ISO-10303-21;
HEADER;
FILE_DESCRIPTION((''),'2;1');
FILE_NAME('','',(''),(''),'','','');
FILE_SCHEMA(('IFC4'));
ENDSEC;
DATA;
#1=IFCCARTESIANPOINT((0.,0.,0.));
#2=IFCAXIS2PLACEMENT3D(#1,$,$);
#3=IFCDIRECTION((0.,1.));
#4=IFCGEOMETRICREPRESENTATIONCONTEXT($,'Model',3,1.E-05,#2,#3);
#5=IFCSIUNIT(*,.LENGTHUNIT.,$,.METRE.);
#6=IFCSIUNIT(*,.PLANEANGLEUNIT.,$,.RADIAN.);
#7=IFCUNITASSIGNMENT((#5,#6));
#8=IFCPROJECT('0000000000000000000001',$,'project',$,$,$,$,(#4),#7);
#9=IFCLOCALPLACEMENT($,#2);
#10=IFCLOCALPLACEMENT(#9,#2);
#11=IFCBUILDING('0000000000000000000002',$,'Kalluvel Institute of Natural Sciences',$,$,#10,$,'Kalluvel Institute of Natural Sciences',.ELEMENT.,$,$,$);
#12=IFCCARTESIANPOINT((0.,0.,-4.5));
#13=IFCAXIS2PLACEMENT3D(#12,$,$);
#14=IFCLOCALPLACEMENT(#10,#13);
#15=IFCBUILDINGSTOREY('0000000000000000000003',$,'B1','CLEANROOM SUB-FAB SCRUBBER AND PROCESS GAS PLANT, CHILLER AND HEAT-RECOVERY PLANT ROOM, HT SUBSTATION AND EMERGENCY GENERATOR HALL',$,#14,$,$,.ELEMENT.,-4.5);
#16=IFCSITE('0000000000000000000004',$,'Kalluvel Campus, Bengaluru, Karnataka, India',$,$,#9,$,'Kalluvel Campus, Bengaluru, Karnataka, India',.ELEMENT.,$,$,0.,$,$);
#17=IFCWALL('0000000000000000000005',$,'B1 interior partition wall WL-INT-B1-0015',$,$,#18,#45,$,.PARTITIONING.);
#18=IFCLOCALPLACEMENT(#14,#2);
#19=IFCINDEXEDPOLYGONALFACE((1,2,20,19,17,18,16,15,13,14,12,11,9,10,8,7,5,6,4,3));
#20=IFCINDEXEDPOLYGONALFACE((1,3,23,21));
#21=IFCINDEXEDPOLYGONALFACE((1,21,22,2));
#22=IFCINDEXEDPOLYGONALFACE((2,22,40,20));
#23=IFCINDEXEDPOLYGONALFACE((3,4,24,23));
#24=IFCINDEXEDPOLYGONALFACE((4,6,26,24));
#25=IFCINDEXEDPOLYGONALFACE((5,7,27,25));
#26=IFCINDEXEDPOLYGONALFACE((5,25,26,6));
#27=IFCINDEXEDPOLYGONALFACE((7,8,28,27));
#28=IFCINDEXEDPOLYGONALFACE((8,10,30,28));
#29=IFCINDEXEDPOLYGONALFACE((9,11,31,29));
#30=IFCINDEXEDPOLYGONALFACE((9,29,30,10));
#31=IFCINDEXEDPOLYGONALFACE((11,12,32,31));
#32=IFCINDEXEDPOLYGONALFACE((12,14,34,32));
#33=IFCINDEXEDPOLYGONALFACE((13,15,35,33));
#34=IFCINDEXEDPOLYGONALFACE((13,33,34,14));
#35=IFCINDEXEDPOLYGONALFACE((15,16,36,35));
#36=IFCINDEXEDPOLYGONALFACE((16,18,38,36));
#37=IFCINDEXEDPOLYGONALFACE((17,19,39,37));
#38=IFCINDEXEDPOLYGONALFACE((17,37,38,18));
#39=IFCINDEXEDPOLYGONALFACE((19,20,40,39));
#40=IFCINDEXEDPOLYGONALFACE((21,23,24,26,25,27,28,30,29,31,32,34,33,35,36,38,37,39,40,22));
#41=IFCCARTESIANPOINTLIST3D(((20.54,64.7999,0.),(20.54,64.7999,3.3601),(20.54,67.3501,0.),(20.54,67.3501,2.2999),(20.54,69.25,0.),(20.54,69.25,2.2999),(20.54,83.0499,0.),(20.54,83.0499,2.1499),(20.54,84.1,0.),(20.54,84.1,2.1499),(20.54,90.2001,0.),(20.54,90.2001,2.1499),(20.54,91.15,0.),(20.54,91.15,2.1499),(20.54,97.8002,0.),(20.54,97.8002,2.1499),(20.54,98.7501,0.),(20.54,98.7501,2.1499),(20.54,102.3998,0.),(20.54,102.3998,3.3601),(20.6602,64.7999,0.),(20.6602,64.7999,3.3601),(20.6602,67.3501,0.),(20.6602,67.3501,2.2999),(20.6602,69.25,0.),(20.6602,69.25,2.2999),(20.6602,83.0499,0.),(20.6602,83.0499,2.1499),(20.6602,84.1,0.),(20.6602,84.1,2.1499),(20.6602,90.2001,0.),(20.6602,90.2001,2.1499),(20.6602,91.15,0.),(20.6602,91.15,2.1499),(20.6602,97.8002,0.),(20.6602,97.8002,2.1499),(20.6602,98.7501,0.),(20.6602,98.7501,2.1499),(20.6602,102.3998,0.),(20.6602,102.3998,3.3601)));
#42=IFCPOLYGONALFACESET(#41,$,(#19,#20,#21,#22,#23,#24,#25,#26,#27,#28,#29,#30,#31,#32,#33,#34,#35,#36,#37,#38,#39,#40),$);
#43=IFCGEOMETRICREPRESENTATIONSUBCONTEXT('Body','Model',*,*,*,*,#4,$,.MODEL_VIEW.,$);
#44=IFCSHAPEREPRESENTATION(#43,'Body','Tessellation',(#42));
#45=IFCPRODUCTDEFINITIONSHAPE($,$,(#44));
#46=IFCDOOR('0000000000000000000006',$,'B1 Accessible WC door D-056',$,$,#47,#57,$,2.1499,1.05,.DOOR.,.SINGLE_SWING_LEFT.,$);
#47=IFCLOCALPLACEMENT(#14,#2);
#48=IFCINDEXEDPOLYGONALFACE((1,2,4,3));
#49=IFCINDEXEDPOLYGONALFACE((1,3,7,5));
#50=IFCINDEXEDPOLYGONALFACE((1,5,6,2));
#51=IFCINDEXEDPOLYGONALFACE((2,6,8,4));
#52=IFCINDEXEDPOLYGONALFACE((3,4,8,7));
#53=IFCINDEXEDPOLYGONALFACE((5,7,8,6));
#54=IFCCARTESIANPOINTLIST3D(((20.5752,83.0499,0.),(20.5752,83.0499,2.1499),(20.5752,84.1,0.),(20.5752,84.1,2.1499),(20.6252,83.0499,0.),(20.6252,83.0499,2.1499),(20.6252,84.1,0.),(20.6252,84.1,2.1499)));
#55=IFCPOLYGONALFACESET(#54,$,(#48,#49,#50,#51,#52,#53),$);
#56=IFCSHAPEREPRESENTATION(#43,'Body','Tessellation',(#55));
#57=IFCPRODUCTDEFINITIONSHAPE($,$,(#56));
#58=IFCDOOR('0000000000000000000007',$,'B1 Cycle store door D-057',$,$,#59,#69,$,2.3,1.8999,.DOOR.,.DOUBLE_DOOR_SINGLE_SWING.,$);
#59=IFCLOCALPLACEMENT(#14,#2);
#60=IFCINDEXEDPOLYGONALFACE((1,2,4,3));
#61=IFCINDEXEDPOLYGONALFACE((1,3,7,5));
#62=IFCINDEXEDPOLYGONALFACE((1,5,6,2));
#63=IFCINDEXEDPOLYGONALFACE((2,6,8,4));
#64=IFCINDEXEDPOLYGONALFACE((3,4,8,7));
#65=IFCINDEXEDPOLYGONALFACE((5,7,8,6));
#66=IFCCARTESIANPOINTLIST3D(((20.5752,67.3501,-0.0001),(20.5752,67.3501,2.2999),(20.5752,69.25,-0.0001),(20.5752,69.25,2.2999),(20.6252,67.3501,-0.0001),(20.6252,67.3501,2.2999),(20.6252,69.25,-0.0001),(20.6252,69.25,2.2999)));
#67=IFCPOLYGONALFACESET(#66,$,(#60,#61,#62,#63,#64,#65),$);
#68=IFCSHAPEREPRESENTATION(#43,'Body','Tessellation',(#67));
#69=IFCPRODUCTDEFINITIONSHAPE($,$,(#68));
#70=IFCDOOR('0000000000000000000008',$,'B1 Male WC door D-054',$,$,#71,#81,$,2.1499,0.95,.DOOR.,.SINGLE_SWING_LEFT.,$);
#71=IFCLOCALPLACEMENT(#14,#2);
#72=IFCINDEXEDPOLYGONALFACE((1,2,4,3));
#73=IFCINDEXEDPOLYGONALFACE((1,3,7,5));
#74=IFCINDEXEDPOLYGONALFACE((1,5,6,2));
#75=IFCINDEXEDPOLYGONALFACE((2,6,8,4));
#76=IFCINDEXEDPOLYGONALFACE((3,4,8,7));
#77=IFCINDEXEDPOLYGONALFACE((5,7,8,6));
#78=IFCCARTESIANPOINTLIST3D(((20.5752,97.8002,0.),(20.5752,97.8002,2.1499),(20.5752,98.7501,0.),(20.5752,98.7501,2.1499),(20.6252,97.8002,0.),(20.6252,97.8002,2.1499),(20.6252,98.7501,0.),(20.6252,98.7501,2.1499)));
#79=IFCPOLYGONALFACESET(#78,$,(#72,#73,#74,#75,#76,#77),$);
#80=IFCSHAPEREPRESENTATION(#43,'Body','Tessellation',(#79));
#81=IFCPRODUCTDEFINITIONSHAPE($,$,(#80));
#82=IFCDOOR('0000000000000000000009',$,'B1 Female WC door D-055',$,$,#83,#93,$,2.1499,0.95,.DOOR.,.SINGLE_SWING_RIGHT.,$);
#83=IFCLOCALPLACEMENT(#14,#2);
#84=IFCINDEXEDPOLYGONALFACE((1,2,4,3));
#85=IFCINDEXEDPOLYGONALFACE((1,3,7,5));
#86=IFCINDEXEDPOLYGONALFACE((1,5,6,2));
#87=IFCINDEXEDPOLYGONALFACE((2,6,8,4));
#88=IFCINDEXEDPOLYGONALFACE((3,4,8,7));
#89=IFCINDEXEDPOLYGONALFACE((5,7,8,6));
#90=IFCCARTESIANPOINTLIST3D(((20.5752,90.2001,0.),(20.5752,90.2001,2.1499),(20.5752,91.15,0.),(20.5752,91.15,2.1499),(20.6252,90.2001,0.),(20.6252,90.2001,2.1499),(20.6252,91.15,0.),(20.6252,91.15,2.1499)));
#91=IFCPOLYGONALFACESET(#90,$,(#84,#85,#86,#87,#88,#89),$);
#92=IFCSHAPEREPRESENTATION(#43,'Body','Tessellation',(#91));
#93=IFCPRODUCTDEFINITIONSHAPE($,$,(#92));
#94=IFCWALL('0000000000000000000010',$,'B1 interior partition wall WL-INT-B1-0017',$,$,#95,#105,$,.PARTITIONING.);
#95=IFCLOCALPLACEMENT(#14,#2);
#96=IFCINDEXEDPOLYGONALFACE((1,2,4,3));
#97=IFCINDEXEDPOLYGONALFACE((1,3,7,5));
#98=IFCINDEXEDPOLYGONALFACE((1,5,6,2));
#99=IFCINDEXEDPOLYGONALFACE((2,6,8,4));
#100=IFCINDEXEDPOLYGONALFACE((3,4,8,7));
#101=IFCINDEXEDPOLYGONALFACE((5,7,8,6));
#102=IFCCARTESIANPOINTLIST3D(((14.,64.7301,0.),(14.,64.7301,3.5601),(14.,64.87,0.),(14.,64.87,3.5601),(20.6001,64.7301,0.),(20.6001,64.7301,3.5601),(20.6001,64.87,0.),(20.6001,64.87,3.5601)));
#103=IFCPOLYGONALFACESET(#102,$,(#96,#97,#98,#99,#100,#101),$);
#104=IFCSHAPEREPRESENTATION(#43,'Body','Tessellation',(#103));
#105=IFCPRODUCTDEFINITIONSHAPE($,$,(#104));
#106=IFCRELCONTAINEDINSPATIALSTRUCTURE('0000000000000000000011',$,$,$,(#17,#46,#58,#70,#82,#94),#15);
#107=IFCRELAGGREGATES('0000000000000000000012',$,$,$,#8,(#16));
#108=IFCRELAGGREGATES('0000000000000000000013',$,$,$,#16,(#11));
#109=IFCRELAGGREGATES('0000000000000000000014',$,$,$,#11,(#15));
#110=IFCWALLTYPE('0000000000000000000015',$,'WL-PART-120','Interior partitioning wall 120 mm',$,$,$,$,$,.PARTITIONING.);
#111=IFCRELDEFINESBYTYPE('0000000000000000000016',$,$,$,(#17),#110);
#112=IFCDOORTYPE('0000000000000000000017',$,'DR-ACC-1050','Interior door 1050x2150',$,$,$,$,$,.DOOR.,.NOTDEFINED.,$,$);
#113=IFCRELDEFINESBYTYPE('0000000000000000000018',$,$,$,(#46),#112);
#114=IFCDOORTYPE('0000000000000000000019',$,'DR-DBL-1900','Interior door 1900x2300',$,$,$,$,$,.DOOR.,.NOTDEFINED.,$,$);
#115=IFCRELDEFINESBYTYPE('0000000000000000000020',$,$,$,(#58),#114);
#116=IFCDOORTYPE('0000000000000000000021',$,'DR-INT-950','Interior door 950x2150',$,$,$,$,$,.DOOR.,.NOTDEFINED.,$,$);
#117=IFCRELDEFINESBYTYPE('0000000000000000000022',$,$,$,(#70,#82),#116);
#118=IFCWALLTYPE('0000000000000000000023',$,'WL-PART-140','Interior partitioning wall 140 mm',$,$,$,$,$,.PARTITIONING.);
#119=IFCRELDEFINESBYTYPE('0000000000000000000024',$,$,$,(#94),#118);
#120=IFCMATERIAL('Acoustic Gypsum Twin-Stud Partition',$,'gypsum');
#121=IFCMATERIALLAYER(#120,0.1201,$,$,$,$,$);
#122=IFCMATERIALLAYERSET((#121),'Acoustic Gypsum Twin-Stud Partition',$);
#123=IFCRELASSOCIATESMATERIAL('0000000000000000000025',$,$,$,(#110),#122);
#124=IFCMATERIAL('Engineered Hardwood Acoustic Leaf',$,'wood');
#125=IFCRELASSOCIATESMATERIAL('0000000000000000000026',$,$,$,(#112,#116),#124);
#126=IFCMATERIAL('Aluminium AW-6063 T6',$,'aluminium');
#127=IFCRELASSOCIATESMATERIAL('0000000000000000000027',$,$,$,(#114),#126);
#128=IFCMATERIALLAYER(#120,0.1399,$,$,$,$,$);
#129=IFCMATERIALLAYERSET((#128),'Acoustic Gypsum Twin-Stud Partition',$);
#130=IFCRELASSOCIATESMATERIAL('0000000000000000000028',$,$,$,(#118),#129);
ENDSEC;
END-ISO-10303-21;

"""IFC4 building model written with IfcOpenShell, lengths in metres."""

from ifc_helpers import new_model, si_unit, direction, frame, frame_2d, origin, place, context, subcontext, project, spatial, rectangle, extrude, material, layer, layer_set, type_object, element, fill, save


model = new_model("IFC4")

# Units and contexts
model_context = context("Model", 3, precision=1e-05, world=origin(), true_north=direction((0.0, 1.0)))
body_context = subcontext(model_context, "Body", "Model", "MODEL_VIEW")
ifc_project = project(units=[si_unit("LENGTHUNIT", "METRE"), si_unit("PLANEANGLEUNIT", "RADIAN")], contexts=[model_context])

# Site, building, storey
site_placement = place(None, origin())
site = spatial("IfcSite", under=ifc_project, at=site_placement, Name="Kalluvel Campus, Bengaluru, Karnataka, India", LongName="Kalluvel Campus, Bengaluru, Karnataka, India", CompositionType="ELEMENT", RefElevation=0.0)
building_placement = place(site_placement, origin())
building = spatial("IfcBuilding", under=site, at=building_placement, Name="Kalluvel Institute of Natural Sciences", LongName="Kalluvel Institute of Natural Sciences", CompositionType="ELEMENT")
storey_placement = place(building_placement, frame((0.0, 0.0, -4.5)))
storey = spatial("IfcBuildingStorey", under=building, at=storey_placement, Name="B1", Description="CLEANROOM SUB-FAB SCRUBBER AND PROCESS GAS PLANT, CHILLER AND HEAT-RECOVERY PLANT ROOM, HT SUBSTATION AND EMERGENCY GENERATOR HALL", CompositionType="ELEMENT", Elevation=-4.5)

# Wall, openings, doors
ifc_material_1 = material(Name="Acoustic Gypsum Twin-Stud Partition", Category="gypsum")
ifc_layer_1 = layer(ifc_material_1, 0.1201)
ifc_layer_set_1 = layer_set([ifc_layer_1], Name="Acoustic Gypsum Twin-Stud Partition")
wall_type_1 = type_object("IfcWallType", Name="WL-PART-120", Description="Interior partitioning wall 120 mm", PredefinedType="PARTITIONING", material=ifc_layer_set_1)
wall_1_placement = place(storey_placement, frame((20.6001, 64.8, 0.0), z_axis=(0.0, 0.0, 1.0), x_axis=(0.0, 1.0, 0.0)))
wall_1 = element("IfcWall", 1, at=wall_1_placement, inside=storey, type_object=wall_type_1, Name="B1 interior partition wall WL-INT-B1-0015", PredefinedType="PARTITIONING", context=body_context, shape_type="SweptSolid", body=[
    extrude(rectangle(XDim=37.5999, YDim=0.1201, at=frame_2d((18.7998, 0.0))), origin(), (0.0, 0.0, 1.0), 3.3601),
])
opening_1_placement = place(wall_1_placement, frame((33.0, 0.0, 0.0)))
opening_1 = element("IfcOpeningElement", 2, at=opening_1_placement, cuts=wall_1, PredefinedType="OPENING", context=body_context, shape_type="SweptSolid", body=[
    extrude(rectangle(XDim=0.95, YDim=2.1499, at=frame_2d((0.4751, 1.075))), frame((0.0, 0.0701, 0.0), z_axis=(0.0, -1.0, 0.0), x_axis=(1.0, 0.0, 0.0)), (0.0, 0.0, 1.0), 0.1401),
])
opening_2_placement = place(wall_1_placement, frame((25.3999, 0.0, 0.0)))
opening_2 = element("IfcOpeningElement", 3, at=opening_2_placement, cuts=wall_1, PredefinedType="OPENING", context=body_context, shape_type="SweptSolid", body=[
    extrude(rectangle(XDim=0.95, YDim=2.1499, at=frame_2d((0.4751, 1.075))), frame((0.0, 0.0701, 0.0), z_axis=(0.0, -1.0, 0.0), x_axis=(1.0, 0.0, 0.0)), (0.0, 0.0, 1.0), 0.1401),
])
opening_3_placement = place(wall_1_placement, frame((18.25, 0.0, 0.0)))
opening_3 = element("IfcOpeningElement", 4, at=opening_3_placement, cuts=wall_1, PredefinedType="OPENING", context=body_context, shape_type="SweptSolid", body=[
    extrude(rectangle(XDim=1.05, YDim=2.1499, at=frame_2d((0.5249, 1.075))), frame((0.0, 0.0701, 0.0), z_axis=(0.0, -1.0, 0.0), x_axis=(1.0, 0.0, 0.0)), (0.0, 0.0, 1.0), 0.1401),
])
opening_4_placement = place(wall_1_placement, frame((2.55, 0.0, 0.0)))
opening_4 = element("IfcOpeningElement", 5, at=opening_4_placement, cuts=wall_1, PredefinedType="OPENING", context=body_context, shape_type="SweptSolid", body=[
    extrude(rectangle(XDim=1.8999, YDim=2.3, at=frame_2d((0.95, 1.1499))), frame((0.0, 0.0701, 0.0), z_axis=(0.0, -1.0, 0.0), x_axis=(1.0, 0.0, 0.0)), (0.0, 0.0, 1.0), 0.1401),
])
ifc_material_2 = material(Name="Engineered Hardwood Acoustic Leaf", Category="wood")
door_type_1 = type_object("IfcDoorType", Name="DR-ACC-1050", Description="Interior door 1050x2150", OperationType="NOTDEFINED", PredefinedType="DOOR", material=ifc_material_2)
door_1_placement = place(opening_3_placement, origin())
door_1 = element("IfcDoor", 6, at=door_1_placement, inside=storey, type_object=door_type_1, Name="B1 Accessible WC door D-056", OperationType="SINGLE_SWING_LEFT", OverallHeight=2.1499, OverallWidth=1.05, PredefinedType="DOOR", context=body_context, shape_type="SweptSolid", body=[
    extrude(rectangle(XDim=1.05, YDim=2.1499, at=frame_2d((0.5249, 1.075))), frame((0.0, 0.0249, 0.0), z_axis=(0.0, -1.0, 0.0), x_axis=(1.0, 0.0, 0.0)), (0.0, 0.0, 1.0), 0.05),
])
fill(opening_3, door_1)
ifc_material_3 = material(Name="Aluminium AW-6063 T6", Category="aluminium")
door_type_2 = type_object("IfcDoorType", Name="DR-DBL-1900", Description="Interior door 1900x2300", OperationType="NOTDEFINED", PredefinedType="DOOR", material=ifc_material_3)
door_2_placement = place(opening_4_placement, origin())
door_2 = element("IfcDoor", 7, at=door_2_placement, inside=storey, type_object=door_type_2, Name="B1 Cycle store door D-057", OperationType="DOUBLE_DOOR_SINGLE_SWING", OverallHeight=2.3, OverallWidth=1.8999, PredefinedType="DOOR", context=body_context, shape_type="SweptSolid", body=[
    extrude(rectangle(XDim=1.8999, YDim=2.3, at=frame_2d((0.95, 1.1499))), frame((0.0, 0.0249, 0.0), z_axis=(0.0, -1.0, 0.0), x_axis=(1.0, 0.0, 0.0)), (0.0, 0.0, 1.0), 0.05),
])
fill(opening_4, door_2)
door_type_3 = type_object("IfcDoorType", Name="DR-INT-950", Description="Interior door 950x2150", OperationType="NOTDEFINED", PredefinedType="DOOR", material=ifc_material_2)
door_3_placement = place(opening_1_placement, origin())
door_3 = element("IfcDoor", 8, at=door_3_placement, inside=storey, type_object=door_type_3, Name="B1 Male WC door D-054", OperationType="SINGLE_SWING_LEFT", OverallHeight=2.1499, OverallWidth=0.95, PredefinedType="DOOR", context=body_context, shape_type="SweptSolid", body=[
    extrude(rectangle(XDim=0.95, YDim=2.1499, at=frame_2d((0.4751, 1.075))), frame((0.0, 0.0249, 0.0), z_axis=(0.0, -1.0, 0.0), x_axis=(1.0, 0.0, 0.0)), (0.0, 0.0, 1.0), 0.05),
])
fill(opening_1, door_3)
door_4_placement = place(opening_2_placement, origin())
door_4 = element("IfcDoor", 9, at=door_4_placement, inside=storey, type_object=door_type_3, Name="B1 Female WC door D-055", OperationType="SINGLE_SWING_RIGHT", OverallHeight=2.1499, OverallWidth=0.95, PredefinedType="DOOR", context=body_context, shape_type="SweptSolid", body=[
    extrude(rectangle(XDim=0.95, YDim=2.1499, at=frame_2d((0.4751, 1.075))), frame((0.0, 0.0249, 0.0), z_axis=(0.0, -1.0, 0.0), x_axis=(1.0, 0.0, 0.0)), (0.0, 0.0, 1.0), 0.05),
])
fill(opening_2, door_4)

# Wall
ifc_layer_2 = layer(ifc_material_1, 0.1399)
ifc_layer_set_2 = layer_set([ifc_layer_2], Name="Acoustic Gypsum Twin-Stud Partition")
wall_type_2 = type_object("IfcWallType", Name="WL-PART-140", Description="Interior partitioning wall 140 mm", PredefinedType="PARTITIONING", material=ifc_layer_set_2)
wall_2_placement = place(storey_placement, frame((14.0, 64.8, 0.0), z_axis=(0.0, 0.0, 1.0), x_axis=(1.0, 0.0, 0.0)))
element("IfcWall", 10, at=wall_2_placement, inside=storey, type_object=wall_type_2, Name="B1 interior partition wall WL-INT-B1-0017", PredefinedType="PARTITIONING", context=body_context, shape_type="SweptSolid", body=[
    extrude(rectangle(XDim=6.6001, YDim=0.1399, at=frame_2d((3.3, 0.0))), origin(), (0.0, 0.0, 1.0), 3.5601),
])

save(model, "model.ifc")
